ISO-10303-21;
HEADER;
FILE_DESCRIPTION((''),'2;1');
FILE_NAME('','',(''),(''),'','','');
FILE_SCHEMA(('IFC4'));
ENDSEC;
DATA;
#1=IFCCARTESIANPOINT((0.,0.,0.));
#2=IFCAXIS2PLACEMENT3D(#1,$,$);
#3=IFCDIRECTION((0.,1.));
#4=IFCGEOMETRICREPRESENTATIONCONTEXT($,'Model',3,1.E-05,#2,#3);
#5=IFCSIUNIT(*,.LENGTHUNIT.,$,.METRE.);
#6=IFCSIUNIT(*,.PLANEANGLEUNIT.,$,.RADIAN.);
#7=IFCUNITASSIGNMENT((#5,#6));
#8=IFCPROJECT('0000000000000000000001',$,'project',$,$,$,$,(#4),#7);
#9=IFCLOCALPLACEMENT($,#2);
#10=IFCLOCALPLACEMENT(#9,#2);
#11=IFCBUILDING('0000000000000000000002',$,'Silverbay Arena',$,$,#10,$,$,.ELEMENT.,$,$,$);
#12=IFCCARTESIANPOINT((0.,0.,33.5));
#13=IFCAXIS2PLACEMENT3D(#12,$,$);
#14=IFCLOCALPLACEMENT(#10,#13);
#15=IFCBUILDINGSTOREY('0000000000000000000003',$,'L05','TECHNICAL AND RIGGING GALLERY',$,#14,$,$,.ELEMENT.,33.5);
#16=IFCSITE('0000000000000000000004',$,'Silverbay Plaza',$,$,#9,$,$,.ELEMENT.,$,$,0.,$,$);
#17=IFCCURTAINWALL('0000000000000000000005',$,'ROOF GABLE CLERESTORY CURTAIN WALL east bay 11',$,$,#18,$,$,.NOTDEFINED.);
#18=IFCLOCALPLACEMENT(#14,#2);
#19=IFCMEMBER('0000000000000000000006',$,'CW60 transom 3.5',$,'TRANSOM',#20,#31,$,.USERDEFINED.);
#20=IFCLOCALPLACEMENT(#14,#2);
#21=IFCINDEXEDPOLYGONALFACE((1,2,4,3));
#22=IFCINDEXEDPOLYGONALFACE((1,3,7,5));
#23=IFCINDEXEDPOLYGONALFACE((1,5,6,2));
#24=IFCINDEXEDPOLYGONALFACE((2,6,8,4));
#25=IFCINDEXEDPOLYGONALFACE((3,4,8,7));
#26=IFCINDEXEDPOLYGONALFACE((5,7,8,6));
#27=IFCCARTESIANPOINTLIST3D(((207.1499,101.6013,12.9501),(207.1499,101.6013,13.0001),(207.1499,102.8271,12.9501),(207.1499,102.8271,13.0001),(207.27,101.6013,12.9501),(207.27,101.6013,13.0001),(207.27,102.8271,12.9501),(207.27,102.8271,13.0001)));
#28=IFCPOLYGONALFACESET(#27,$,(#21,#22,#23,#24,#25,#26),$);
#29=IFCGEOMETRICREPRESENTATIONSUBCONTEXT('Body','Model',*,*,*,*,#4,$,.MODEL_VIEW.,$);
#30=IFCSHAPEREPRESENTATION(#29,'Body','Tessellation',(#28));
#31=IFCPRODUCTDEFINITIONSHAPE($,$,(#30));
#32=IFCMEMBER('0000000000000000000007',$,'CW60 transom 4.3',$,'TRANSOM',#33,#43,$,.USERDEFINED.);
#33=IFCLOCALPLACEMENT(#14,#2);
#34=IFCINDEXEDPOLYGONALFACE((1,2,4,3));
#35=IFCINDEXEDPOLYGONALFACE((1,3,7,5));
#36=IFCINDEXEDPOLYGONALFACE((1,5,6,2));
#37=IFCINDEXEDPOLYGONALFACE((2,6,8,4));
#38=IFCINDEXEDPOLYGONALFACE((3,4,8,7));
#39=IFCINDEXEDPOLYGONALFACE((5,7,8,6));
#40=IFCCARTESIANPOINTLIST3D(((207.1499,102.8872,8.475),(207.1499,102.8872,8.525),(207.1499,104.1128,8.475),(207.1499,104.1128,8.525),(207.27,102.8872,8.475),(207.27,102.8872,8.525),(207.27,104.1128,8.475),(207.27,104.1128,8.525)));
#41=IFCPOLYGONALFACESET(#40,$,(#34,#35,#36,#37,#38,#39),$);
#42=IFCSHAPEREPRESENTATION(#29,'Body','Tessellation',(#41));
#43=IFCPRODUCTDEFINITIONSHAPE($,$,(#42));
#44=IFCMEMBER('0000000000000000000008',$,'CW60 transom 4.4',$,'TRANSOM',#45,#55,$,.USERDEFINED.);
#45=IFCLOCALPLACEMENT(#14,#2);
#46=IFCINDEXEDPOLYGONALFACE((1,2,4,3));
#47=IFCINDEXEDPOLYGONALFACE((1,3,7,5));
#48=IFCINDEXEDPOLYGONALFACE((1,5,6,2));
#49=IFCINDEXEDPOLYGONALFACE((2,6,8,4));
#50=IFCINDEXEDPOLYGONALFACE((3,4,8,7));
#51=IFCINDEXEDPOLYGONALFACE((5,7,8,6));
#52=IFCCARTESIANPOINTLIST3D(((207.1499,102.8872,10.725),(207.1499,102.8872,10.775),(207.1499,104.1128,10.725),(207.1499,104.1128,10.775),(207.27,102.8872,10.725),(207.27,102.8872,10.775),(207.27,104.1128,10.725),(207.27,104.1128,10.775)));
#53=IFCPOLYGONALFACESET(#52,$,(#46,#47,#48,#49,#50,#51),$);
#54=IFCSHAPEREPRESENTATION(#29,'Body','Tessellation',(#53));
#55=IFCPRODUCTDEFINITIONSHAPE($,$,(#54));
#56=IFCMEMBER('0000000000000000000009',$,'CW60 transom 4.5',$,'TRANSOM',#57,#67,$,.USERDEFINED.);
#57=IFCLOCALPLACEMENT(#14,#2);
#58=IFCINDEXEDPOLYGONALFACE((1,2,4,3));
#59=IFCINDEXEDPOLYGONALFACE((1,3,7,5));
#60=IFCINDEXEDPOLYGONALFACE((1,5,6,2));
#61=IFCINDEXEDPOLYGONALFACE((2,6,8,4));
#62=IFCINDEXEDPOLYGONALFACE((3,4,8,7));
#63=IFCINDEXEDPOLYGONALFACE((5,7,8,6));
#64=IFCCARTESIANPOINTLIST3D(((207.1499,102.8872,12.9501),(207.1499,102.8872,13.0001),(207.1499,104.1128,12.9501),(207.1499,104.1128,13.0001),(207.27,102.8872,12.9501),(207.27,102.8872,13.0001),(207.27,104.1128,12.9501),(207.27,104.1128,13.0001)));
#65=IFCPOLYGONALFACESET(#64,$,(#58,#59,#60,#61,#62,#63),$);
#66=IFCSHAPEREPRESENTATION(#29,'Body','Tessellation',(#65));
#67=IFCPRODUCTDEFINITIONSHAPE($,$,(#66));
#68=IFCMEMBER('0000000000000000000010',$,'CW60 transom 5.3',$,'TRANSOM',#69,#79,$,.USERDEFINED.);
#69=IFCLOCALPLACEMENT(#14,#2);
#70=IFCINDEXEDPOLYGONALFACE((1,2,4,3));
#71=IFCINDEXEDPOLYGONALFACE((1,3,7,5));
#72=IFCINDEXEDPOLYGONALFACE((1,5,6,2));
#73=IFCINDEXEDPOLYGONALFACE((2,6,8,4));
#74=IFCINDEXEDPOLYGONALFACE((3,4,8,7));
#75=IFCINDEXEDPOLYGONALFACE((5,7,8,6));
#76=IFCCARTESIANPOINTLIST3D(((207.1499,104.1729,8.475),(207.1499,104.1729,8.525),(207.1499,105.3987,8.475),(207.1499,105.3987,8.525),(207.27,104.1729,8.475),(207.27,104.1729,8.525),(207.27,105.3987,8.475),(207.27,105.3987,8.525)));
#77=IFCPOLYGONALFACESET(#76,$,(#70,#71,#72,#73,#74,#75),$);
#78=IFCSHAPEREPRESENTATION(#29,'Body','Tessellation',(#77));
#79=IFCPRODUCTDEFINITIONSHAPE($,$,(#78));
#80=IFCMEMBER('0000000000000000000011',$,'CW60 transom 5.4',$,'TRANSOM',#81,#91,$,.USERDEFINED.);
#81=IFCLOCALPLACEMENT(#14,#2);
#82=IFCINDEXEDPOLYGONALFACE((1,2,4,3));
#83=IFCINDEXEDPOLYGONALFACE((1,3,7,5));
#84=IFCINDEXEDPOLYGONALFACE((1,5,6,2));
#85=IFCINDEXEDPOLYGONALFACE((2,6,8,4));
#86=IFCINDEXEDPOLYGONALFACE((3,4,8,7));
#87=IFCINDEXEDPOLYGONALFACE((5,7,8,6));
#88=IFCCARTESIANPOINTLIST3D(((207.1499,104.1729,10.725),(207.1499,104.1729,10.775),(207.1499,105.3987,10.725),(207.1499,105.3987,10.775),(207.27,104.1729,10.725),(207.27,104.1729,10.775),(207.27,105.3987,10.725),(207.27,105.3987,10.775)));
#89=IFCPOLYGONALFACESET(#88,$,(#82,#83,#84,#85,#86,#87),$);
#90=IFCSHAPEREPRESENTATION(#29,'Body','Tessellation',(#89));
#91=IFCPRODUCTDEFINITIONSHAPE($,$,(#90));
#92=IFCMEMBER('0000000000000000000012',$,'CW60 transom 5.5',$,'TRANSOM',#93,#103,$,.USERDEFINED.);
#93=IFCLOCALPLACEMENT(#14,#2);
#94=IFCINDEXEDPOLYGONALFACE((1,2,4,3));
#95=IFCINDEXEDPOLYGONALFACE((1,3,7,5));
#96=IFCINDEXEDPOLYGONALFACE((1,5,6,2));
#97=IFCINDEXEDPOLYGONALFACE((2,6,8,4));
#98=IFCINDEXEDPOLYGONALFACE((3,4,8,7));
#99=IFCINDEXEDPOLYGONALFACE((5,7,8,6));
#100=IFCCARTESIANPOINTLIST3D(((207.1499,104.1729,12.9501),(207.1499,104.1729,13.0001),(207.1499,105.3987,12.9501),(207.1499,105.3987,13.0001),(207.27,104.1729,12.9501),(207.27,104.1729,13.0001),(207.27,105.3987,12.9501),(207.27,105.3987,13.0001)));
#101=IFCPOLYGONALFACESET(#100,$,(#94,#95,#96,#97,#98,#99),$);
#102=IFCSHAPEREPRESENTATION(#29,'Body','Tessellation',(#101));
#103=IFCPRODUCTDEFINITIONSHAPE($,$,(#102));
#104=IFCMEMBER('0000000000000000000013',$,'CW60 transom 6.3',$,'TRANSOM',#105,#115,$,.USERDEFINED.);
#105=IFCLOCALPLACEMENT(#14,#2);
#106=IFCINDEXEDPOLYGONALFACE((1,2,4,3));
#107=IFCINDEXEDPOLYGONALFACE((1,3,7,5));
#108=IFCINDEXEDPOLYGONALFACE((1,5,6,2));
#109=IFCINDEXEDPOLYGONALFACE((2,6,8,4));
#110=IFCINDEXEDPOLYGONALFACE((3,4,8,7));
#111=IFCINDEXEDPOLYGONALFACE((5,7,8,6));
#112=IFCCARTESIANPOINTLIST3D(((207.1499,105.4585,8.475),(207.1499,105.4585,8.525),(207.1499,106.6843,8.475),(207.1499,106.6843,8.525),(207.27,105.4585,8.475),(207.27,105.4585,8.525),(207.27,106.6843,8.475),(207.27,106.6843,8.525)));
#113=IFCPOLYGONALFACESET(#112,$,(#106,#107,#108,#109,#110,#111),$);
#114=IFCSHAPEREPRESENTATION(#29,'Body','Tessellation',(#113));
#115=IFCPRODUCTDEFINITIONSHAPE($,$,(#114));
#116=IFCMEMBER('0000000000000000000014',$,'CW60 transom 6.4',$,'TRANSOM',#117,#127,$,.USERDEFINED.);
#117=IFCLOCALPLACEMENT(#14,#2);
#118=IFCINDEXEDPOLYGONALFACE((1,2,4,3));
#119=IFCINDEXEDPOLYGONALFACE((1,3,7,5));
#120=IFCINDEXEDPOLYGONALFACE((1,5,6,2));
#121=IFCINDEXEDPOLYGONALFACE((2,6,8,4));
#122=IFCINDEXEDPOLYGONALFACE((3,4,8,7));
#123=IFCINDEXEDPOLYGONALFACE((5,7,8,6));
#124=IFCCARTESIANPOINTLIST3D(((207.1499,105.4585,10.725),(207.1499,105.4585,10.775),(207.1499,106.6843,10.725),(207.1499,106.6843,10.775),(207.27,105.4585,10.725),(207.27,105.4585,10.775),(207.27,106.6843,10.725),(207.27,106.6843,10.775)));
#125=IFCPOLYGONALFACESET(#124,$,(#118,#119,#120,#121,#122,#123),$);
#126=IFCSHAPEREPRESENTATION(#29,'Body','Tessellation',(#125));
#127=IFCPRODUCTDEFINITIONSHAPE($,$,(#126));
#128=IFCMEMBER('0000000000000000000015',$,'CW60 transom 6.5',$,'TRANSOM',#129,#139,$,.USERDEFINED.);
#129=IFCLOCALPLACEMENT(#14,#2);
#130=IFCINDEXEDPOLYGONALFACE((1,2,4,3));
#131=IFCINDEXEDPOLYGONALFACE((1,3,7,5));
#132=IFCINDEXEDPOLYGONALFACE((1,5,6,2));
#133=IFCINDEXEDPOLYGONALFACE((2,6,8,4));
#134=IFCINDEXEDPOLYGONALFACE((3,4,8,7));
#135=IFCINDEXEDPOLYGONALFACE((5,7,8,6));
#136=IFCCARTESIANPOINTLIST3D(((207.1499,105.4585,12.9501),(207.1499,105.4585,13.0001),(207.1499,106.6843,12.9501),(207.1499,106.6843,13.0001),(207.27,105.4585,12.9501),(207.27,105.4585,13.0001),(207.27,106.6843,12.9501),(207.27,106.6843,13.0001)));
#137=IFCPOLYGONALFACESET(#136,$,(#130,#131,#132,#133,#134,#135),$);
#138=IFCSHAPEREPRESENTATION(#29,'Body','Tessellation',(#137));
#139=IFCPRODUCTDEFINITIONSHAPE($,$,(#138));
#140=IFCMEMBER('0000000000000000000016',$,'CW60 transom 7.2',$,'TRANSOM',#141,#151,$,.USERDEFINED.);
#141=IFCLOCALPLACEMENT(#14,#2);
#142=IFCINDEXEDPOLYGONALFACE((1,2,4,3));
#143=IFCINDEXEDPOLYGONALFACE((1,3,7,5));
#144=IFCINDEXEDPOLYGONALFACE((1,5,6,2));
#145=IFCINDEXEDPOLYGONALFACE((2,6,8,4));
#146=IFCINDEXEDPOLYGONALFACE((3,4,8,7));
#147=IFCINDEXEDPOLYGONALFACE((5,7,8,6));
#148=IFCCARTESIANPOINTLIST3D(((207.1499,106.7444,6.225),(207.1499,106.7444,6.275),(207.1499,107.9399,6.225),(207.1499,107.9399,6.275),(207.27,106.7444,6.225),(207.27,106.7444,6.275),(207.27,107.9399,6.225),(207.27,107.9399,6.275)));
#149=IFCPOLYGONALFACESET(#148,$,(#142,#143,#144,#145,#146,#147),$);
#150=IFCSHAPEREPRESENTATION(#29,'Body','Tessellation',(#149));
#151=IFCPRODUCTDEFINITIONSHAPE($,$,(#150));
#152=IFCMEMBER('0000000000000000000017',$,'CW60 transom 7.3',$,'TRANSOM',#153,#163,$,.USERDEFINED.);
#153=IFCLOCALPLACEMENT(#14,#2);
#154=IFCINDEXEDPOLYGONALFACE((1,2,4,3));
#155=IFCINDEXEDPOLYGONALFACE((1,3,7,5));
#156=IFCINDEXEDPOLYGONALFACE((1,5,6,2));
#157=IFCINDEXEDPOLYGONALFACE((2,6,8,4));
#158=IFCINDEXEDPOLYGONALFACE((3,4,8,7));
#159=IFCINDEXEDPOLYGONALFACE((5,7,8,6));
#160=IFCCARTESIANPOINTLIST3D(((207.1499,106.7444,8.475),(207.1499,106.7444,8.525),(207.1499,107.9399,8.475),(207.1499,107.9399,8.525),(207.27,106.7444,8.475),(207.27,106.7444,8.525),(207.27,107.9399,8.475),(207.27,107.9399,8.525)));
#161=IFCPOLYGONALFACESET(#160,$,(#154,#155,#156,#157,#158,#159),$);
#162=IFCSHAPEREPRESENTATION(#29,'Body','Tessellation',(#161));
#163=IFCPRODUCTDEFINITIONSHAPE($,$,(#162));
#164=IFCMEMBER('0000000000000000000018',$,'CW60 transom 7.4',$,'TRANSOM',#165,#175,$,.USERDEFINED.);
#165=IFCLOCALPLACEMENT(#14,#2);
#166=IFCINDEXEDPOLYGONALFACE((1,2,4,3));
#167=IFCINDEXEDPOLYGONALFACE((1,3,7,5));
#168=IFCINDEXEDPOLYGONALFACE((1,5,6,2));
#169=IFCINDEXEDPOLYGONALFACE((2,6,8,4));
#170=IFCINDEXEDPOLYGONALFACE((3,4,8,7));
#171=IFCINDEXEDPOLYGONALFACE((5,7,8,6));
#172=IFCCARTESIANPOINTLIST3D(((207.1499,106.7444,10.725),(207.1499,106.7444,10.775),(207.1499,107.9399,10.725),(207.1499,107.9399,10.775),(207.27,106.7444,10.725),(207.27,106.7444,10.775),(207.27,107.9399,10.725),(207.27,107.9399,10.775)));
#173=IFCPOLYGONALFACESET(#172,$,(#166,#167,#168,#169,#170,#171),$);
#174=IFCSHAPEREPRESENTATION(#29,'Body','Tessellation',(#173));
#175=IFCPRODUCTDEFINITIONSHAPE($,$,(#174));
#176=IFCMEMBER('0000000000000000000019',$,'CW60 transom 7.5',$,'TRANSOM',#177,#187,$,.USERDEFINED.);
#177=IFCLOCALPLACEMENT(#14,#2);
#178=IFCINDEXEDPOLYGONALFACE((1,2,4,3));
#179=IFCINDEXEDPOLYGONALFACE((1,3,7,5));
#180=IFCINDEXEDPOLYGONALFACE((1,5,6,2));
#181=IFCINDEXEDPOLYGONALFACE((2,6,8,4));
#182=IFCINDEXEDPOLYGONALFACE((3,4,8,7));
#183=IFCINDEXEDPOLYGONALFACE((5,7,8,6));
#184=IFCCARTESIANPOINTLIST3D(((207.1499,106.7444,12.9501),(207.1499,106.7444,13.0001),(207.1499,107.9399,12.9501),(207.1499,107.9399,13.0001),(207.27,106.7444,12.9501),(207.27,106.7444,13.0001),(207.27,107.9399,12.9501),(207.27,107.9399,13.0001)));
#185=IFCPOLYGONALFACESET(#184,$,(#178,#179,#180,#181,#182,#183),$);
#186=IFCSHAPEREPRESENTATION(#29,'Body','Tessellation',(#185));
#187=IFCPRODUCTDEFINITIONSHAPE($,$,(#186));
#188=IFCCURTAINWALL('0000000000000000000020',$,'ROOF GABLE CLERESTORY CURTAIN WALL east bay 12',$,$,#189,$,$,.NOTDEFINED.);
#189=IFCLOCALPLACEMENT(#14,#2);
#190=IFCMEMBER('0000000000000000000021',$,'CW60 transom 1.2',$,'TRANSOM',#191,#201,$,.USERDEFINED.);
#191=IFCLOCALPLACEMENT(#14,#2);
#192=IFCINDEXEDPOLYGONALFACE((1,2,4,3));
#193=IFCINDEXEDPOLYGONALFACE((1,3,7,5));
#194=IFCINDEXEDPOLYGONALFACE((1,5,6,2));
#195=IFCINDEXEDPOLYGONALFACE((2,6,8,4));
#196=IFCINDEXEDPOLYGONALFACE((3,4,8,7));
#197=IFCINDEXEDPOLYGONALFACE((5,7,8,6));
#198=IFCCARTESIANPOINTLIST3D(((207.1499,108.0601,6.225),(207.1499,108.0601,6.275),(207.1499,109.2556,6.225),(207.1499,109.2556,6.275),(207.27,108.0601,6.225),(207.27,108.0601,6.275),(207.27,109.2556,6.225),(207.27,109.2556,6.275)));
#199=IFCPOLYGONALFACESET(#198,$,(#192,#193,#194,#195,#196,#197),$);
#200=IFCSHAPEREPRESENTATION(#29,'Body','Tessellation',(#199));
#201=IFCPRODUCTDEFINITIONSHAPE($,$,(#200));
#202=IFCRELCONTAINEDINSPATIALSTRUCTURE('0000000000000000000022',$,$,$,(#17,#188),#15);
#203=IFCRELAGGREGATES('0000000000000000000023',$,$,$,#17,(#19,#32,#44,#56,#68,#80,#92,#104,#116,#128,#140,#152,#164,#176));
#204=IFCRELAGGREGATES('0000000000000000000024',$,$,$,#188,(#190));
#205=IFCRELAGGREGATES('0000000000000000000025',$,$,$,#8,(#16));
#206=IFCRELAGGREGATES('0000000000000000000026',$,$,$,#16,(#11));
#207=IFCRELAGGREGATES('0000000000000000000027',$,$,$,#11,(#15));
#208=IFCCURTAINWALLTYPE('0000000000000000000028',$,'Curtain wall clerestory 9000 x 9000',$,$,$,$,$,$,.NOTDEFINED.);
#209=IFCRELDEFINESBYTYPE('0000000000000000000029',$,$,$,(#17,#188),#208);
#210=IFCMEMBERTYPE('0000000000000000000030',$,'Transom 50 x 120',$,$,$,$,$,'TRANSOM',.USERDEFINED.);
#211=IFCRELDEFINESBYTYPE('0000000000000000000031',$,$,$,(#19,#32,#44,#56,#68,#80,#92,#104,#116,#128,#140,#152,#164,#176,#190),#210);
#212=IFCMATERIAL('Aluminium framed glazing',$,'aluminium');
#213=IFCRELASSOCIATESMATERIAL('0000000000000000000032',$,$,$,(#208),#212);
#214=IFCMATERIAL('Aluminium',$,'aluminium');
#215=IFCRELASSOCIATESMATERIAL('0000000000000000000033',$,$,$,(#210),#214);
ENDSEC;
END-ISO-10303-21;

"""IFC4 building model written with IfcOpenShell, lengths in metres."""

from ifc_helpers import new_model, si_unit, direction, frame, origin, origin_2d, place, context, subcontext, project, spatial, rectangle, extrude, material, material_profile, profile_set, type_object, element, aggregate, save


model = new_model("IFC4")

# Units and contexts
model_context = context("Model", 3, precision=1e-05, world=origin(), true_north=direction((0.0, 1.0)))
body_context = subcontext(model_context, "Body", "Model", "MODEL_VIEW")
ifc_project = project(units=[si_unit("LENGTHUNIT", "METRE"), si_unit("PLANEANGLEUNIT", "RADIAN")], contexts=[model_context])

# Site, building, storey
site_placement = place(None, origin())
site = spatial("IfcSite", under=ifc_project, at=site_placement, Name="Silverbay Plaza", CompositionType="ELEMENT", RefElevation=0.0)
building_placement = place(site_placement, origin())
building = spatial("IfcBuilding", under=site, at=building_placement, Name="Silverbay Arena", CompositionType="ELEMENT")
storey_placement = place(building_placement, frame((0.0, 0.0, 33.5)))
storey = spatial("IfcBuildingStorey", under=building, at=storey_placement, Name="L05", Description="TECHNICAL AND RIGGING GALLERY", CompositionType="ELEMENT", Elevation=33.5)

# Curtain walls, members
ifc_material_1 = material(Name="Aluminium framed glazing", Category="aluminium")
curtain_wall_type = type_object("IfcCurtainWallType", Name="Curtain wall clerestory 9000 x 9000", PredefinedType="NOTDEFINED", material=ifc_material_1)
curtain_wall_1_placement = place(storey_placement, origin())
curtain_wall_1 = element("IfcCurtainWall", 1, at=curtain_wall_1_placement, inside=storey, type_object=curtain_wall_type, Name="ROOF GABLE CLERESTORY CURTAIN WALL east bay 11", PredefinedType="NOTDEFINED")
ifc_material_2 = material(Name="Aluminium", Category="aluminium")
ifc_material_profile_1 = material_profile(ifc_material_2, rectangle(XDim=0.1201, YDim=0.05, at=origin_2d()), Name="Transom 50 x 120")
ifc_profile_set_1 = profile_set([ifc_material_profile_1], Name="Aluminium")
member_type_1 = type_object("IfcMemberType", Name="Transom 50 x 120", ElementType="TRANSOM", PredefinedType="USERDEFINED", material=ifc_profile_set_1)
member_1_placement = place(storey_placement, frame((207.21, 101.6013, 12.9751), z_axis=(0.0, 1.0, 0.0), x_axis=(-1.0, 0.0, 0.0)))
member_1 = element("IfcMember", 2, at=member_1_placement, type_object=member_type_1, Name="CW60 transom 3.5", ObjectType="TRANSOM", PredefinedType="USERDEFINED", context=body_context, shape_type="SweptSolid", body=[
    extrude(rectangle(XDim=0.1201, YDim=0.05, at=origin_2d()), origin(), (0.0, 0.0, 1.0), 1.2258),
])
member_2_placement = place(storey_placement, frame((207.21, 102.8872, 8.5), z_axis=(0.0, 1.0, 0.0), x_axis=(-1.0, 0.0, 0.0)))
member_2 = element("IfcMember", 3, at=member_2_placement, type_object=member_type_1, Name="CW60 transom 4.3", ObjectType="TRANSOM", PredefinedType="USERDEFINED", context=body_context, shape_type="SweptSolid", body=[
    extrude(rectangle(XDim=0.1201, YDim=0.05, at=origin_2d()), origin(), (0.0, 0.0, 1.0), 1.2256),
])
member_3_placement = place(storey_placement, frame((207.21, 102.8872, 10.75), z_axis=(0.0, 1.0, 0.0), x_axis=(-1.0, 0.0, 0.0)))
member_3 = element("IfcMember", 4, at=member_3_placement, type_object=member_type_1, Name="CW60 transom 4.4", ObjectType="TRANSOM", PredefinedType="USERDEFINED", context=body_context, shape_type="SweptSolid", body=[
    extrude(rectangle(XDim=0.1201, YDim=0.05, at=origin_2d()), origin(), (0.0, 0.0, 1.0), 1.2256),
])
member_4_placement = place(storey_placement, frame((207.21, 102.8872, 12.9751), z_axis=(0.0, 1.0, 0.0), x_axis=(-1.0, 0.0, 0.0)))
member_4 = element("IfcMember", 5, at=member_4_placement, type_object=member_type_1, Name="CW60 transom 4.5", ObjectType="TRANSOM", PredefinedType="USERDEFINED", context=body_context, shape_type="SweptSolid", body=[
    extrude(rectangle(XDim=0.1201, YDim=0.05, at=origin_2d()), origin(), (0.0, 0.0, 1.0), 1.2256),
])
member_5_placement = place(storey_placement, frame((207.21, 104.1729, 8.5), z_axis=(0.0, 1.0, 0.0), x_axis=(-1.0, 0.0, 0.0)))
member_5 = element("IfcMember", 6, at=member_5_placement, type_object=member_type_1, Name="CW60 transom 5.3", ObjectType="TRANSOM", PredefinedType="USERDEFINED", context=body_context, shape_type="SweptSolid", body=[
    extrude(rectangle(XDim=0.1201, YDim=0.05, at=origin_2d()), origin(), (0.0, 0.0, 1.0), 1.2258),
])
member_6_placement = place(storey_placement, frame((207.21, 104.1729, 10.75), z_axis=(0.0, 1.0, 0.0), x_axis=(-1.0, 0.0, 0.0)))
member_6 = element("IfcMember", 7, at=member_6_placement, type_object=member_type_1, Name="CW60 transom 5.4", ObjectType="TRANSOM", PredefinedType="USERDEFINED", context=body_context, shape_type="SweptSolid", body=[
    extrude(rectangle(XDim=0.1201, YDim=0.05, at=origin_2d()), origin(), (0.0, 0.0, 1.0), 1.2258),
])
member_7_placement = place(storey_placement, frame((207.21, 104.1729, 12.9751), z_axis=(0.0, 1.0, 0.0), x_axis=(-1.0, 0.0, 0.0)))
member_7 = element("IfcMember", 8, at=member_7_placement, type_object=member_type_1, Name="CW60 transom 5.5", ObjectType="TRANSOM", PredefinedType="USERDEFINED", context=body_context, shape_type="SweptSolid", body=[
    extrude(rectangle(XDim=0.1201, YDim=0.05, at=origin_2d()), origin(), (0.0, 0.0, 1.0), 1.2258),
])
member_8_placement = place(storey_placement, frame((207.21, 105.4585, 8.5), z_axis=(0.0, 1.0, 0.0), x_axis=(-1.0, 0.0, 0.0)))
member_8 = element("IfcMember", 9, at=member_8_placement, type_object=member_type_1, Name="CW60 transom 6.3", ObjectType="TRANSOM", PredefinedType="USERDEFINED", context=body_context, shape_type="SweptSolid", body=[
    extrude(rectangle(XDim=0.1201, YDim=0.05, at=origin_2d()), origin(), (0.0, 0.0, 1.0), 1.2258),
])
member_9_placement = place(storey_placement, frame((207.21, 105.4585, 10.75), z_axis=(0.0, 1.0, 0.0), x_axis=(-1.0, 0.0, 0.0)))
member_9 = element("IfcMember", 10, at=member_9_placement, type_object=member_type_1, Name="CW60 transom 6.4", ObjectType="TRANSOM", PredefinedType="USERDEFINED", context=body_context, shape_type="SweptSolid", body=[
    extrude(rectangle(XDim=0.1201, YDim=0.05, at=origin_2d()), origin(), (0.0, 0.0, 1.0), 1.2258),
])
member_10_placement = place(storey_placement, frame((207.21, 105.4585, 12.9751), z_axis=(0.0, 1.0, 0.0), x_axis=(-1.0, 0.0, 0.0)))
member_10 = element("IfcMember", 11, at=member_10_placement, type_object=member_type_1, Name="CW60 transom 6.5", ObjectType="TRANSOM", PredefinedType="USERDEFINED", context=body_context, shape_type="SweptSolid", body=[
    extrude(rectangle(XDim=0.1201, YDim=0.05, at=origin_2d()), origin(), (0.0, 0.0, 1.0), 1.2258),
])
member_11_placement = place(storey_placement, frame((207.21, 106.7444, 6.25), z_axis=(0.0, 1.0, 0.0), x_axis=(-1.0, 0.0, 0.0)))
member_11 = element("IfcMember", 12, at=member_11_placement, type_object=member_type_1, Name="CW60 transom 7.2", ObjectType="TRANSOM", PredefinedType="USERDEFINED", context=body_context, shape_type="SweptSolid", body=[
    extrude(rectangle(XDim=0.1201, YDim=0.05, at=origin_2d()), origin(), (0.0, 0.0, 1.0), 1.1956),
])
member_12_placement = place(storey_placement, frame((207.21, 106.7444, 8.5), z_axis=(0.0, 1.0, 0.0), x_axis=(-1.0, 0.0, 0.0)))
member_12 = element("IfcMember", 13, at=member_12_placement, type_object=member_type_1, Name="CW60 transom 7.3", ObjectType="TRANSOM", PredefinedType="USERDEFINED", context=body_context, shape_type="SweptSolid", body=[
    extrude(rectangle(XDim=0.1201, YDim=0.05, at=origin_2d()), origin(), (0.0, 0.0, 1.0), 1.1956),
])
member_13_placement = place(storey_placement, frame((207.21, 106.7444, 10.75), z_axis=(0.0, 1.0, 0.0), x_axis=(-1.0, 0.0, 0.0)))
member_13 = element("IfcMember", 14, at=member_13_placement, type_object=member_type_1, Name="CW60 transom 7.4", ObjectType="TRANSOM", PredefinedType="USERDEFINED", context=body_context, shape_type="SweptSolid", body=[
    extrude(rectangle(XDim=0.1201, YDim=0.05, at=origin_2d()), origin(), (0.0, 0.0, 1.0), 1.1956),
])
member_14_placement = place(storey_placement, frame((207.21, 106.7444, 12.9751), z_axis=(0.0, 1.0, 0.0), x_axis=(-1.0, 0.0, 0.0)))
member_14 = element("IfcMember", 15, at=member_14_placement, type_object=member_type_1, Name="CW60 transom 7.5", ObjectType="TRANSOM", PredefinedType="USERDEFINED", context=body_context, shape_type="SweptSolid", body=[
    extrude(rectangle(XDim=0.1201, YDim=0.05, at=origin_2d()), origin(), (0.0, 0.0, 1.0), 1.1956),
])
aggregate(curtain_wall_1, [member_1, member_2, member_3, member_4, member_5, member_6, member_7, member_8, member_9, member_10, member_11, member_12, member_13, member_14])
curtain_wall_2_placement = place(storey_placement, origin())
curtain_wall_2 = element("IfcCurtainWall", 16, at=curtain_wall_2_placement, inside=storey, type_object=curtain_wall_type, Name="ROOF GABLE CLERESTORY CURTAIN WALL east bay 12", PredefinedType="NOTDEFINED")
member_15_placement = place(storey_placement, frame((207.21, 108.0601, 6.25), z_axis=(0.0, 1.0, 0.0), x_axis=(-1.0, 0.0, 0.0)))
member_15 = element("IfcMember", 17, at=member_15_placement, type_object=member_type_1, Name="CW60 transom 1.2", ObjectType="TRANSOM", PredefinedType="USERDEFINED", context=body_context, shape_type="SweptSolid", body=[
    extrude(rectangle(XDim=0.1201, YDim=0.05, at=origin_2d()), origin(), (0.0, 0.0, 1.0), 1.1956),
])
aggregate(curtain_wall_2, [member_15])

save(model, "model.ifc")
